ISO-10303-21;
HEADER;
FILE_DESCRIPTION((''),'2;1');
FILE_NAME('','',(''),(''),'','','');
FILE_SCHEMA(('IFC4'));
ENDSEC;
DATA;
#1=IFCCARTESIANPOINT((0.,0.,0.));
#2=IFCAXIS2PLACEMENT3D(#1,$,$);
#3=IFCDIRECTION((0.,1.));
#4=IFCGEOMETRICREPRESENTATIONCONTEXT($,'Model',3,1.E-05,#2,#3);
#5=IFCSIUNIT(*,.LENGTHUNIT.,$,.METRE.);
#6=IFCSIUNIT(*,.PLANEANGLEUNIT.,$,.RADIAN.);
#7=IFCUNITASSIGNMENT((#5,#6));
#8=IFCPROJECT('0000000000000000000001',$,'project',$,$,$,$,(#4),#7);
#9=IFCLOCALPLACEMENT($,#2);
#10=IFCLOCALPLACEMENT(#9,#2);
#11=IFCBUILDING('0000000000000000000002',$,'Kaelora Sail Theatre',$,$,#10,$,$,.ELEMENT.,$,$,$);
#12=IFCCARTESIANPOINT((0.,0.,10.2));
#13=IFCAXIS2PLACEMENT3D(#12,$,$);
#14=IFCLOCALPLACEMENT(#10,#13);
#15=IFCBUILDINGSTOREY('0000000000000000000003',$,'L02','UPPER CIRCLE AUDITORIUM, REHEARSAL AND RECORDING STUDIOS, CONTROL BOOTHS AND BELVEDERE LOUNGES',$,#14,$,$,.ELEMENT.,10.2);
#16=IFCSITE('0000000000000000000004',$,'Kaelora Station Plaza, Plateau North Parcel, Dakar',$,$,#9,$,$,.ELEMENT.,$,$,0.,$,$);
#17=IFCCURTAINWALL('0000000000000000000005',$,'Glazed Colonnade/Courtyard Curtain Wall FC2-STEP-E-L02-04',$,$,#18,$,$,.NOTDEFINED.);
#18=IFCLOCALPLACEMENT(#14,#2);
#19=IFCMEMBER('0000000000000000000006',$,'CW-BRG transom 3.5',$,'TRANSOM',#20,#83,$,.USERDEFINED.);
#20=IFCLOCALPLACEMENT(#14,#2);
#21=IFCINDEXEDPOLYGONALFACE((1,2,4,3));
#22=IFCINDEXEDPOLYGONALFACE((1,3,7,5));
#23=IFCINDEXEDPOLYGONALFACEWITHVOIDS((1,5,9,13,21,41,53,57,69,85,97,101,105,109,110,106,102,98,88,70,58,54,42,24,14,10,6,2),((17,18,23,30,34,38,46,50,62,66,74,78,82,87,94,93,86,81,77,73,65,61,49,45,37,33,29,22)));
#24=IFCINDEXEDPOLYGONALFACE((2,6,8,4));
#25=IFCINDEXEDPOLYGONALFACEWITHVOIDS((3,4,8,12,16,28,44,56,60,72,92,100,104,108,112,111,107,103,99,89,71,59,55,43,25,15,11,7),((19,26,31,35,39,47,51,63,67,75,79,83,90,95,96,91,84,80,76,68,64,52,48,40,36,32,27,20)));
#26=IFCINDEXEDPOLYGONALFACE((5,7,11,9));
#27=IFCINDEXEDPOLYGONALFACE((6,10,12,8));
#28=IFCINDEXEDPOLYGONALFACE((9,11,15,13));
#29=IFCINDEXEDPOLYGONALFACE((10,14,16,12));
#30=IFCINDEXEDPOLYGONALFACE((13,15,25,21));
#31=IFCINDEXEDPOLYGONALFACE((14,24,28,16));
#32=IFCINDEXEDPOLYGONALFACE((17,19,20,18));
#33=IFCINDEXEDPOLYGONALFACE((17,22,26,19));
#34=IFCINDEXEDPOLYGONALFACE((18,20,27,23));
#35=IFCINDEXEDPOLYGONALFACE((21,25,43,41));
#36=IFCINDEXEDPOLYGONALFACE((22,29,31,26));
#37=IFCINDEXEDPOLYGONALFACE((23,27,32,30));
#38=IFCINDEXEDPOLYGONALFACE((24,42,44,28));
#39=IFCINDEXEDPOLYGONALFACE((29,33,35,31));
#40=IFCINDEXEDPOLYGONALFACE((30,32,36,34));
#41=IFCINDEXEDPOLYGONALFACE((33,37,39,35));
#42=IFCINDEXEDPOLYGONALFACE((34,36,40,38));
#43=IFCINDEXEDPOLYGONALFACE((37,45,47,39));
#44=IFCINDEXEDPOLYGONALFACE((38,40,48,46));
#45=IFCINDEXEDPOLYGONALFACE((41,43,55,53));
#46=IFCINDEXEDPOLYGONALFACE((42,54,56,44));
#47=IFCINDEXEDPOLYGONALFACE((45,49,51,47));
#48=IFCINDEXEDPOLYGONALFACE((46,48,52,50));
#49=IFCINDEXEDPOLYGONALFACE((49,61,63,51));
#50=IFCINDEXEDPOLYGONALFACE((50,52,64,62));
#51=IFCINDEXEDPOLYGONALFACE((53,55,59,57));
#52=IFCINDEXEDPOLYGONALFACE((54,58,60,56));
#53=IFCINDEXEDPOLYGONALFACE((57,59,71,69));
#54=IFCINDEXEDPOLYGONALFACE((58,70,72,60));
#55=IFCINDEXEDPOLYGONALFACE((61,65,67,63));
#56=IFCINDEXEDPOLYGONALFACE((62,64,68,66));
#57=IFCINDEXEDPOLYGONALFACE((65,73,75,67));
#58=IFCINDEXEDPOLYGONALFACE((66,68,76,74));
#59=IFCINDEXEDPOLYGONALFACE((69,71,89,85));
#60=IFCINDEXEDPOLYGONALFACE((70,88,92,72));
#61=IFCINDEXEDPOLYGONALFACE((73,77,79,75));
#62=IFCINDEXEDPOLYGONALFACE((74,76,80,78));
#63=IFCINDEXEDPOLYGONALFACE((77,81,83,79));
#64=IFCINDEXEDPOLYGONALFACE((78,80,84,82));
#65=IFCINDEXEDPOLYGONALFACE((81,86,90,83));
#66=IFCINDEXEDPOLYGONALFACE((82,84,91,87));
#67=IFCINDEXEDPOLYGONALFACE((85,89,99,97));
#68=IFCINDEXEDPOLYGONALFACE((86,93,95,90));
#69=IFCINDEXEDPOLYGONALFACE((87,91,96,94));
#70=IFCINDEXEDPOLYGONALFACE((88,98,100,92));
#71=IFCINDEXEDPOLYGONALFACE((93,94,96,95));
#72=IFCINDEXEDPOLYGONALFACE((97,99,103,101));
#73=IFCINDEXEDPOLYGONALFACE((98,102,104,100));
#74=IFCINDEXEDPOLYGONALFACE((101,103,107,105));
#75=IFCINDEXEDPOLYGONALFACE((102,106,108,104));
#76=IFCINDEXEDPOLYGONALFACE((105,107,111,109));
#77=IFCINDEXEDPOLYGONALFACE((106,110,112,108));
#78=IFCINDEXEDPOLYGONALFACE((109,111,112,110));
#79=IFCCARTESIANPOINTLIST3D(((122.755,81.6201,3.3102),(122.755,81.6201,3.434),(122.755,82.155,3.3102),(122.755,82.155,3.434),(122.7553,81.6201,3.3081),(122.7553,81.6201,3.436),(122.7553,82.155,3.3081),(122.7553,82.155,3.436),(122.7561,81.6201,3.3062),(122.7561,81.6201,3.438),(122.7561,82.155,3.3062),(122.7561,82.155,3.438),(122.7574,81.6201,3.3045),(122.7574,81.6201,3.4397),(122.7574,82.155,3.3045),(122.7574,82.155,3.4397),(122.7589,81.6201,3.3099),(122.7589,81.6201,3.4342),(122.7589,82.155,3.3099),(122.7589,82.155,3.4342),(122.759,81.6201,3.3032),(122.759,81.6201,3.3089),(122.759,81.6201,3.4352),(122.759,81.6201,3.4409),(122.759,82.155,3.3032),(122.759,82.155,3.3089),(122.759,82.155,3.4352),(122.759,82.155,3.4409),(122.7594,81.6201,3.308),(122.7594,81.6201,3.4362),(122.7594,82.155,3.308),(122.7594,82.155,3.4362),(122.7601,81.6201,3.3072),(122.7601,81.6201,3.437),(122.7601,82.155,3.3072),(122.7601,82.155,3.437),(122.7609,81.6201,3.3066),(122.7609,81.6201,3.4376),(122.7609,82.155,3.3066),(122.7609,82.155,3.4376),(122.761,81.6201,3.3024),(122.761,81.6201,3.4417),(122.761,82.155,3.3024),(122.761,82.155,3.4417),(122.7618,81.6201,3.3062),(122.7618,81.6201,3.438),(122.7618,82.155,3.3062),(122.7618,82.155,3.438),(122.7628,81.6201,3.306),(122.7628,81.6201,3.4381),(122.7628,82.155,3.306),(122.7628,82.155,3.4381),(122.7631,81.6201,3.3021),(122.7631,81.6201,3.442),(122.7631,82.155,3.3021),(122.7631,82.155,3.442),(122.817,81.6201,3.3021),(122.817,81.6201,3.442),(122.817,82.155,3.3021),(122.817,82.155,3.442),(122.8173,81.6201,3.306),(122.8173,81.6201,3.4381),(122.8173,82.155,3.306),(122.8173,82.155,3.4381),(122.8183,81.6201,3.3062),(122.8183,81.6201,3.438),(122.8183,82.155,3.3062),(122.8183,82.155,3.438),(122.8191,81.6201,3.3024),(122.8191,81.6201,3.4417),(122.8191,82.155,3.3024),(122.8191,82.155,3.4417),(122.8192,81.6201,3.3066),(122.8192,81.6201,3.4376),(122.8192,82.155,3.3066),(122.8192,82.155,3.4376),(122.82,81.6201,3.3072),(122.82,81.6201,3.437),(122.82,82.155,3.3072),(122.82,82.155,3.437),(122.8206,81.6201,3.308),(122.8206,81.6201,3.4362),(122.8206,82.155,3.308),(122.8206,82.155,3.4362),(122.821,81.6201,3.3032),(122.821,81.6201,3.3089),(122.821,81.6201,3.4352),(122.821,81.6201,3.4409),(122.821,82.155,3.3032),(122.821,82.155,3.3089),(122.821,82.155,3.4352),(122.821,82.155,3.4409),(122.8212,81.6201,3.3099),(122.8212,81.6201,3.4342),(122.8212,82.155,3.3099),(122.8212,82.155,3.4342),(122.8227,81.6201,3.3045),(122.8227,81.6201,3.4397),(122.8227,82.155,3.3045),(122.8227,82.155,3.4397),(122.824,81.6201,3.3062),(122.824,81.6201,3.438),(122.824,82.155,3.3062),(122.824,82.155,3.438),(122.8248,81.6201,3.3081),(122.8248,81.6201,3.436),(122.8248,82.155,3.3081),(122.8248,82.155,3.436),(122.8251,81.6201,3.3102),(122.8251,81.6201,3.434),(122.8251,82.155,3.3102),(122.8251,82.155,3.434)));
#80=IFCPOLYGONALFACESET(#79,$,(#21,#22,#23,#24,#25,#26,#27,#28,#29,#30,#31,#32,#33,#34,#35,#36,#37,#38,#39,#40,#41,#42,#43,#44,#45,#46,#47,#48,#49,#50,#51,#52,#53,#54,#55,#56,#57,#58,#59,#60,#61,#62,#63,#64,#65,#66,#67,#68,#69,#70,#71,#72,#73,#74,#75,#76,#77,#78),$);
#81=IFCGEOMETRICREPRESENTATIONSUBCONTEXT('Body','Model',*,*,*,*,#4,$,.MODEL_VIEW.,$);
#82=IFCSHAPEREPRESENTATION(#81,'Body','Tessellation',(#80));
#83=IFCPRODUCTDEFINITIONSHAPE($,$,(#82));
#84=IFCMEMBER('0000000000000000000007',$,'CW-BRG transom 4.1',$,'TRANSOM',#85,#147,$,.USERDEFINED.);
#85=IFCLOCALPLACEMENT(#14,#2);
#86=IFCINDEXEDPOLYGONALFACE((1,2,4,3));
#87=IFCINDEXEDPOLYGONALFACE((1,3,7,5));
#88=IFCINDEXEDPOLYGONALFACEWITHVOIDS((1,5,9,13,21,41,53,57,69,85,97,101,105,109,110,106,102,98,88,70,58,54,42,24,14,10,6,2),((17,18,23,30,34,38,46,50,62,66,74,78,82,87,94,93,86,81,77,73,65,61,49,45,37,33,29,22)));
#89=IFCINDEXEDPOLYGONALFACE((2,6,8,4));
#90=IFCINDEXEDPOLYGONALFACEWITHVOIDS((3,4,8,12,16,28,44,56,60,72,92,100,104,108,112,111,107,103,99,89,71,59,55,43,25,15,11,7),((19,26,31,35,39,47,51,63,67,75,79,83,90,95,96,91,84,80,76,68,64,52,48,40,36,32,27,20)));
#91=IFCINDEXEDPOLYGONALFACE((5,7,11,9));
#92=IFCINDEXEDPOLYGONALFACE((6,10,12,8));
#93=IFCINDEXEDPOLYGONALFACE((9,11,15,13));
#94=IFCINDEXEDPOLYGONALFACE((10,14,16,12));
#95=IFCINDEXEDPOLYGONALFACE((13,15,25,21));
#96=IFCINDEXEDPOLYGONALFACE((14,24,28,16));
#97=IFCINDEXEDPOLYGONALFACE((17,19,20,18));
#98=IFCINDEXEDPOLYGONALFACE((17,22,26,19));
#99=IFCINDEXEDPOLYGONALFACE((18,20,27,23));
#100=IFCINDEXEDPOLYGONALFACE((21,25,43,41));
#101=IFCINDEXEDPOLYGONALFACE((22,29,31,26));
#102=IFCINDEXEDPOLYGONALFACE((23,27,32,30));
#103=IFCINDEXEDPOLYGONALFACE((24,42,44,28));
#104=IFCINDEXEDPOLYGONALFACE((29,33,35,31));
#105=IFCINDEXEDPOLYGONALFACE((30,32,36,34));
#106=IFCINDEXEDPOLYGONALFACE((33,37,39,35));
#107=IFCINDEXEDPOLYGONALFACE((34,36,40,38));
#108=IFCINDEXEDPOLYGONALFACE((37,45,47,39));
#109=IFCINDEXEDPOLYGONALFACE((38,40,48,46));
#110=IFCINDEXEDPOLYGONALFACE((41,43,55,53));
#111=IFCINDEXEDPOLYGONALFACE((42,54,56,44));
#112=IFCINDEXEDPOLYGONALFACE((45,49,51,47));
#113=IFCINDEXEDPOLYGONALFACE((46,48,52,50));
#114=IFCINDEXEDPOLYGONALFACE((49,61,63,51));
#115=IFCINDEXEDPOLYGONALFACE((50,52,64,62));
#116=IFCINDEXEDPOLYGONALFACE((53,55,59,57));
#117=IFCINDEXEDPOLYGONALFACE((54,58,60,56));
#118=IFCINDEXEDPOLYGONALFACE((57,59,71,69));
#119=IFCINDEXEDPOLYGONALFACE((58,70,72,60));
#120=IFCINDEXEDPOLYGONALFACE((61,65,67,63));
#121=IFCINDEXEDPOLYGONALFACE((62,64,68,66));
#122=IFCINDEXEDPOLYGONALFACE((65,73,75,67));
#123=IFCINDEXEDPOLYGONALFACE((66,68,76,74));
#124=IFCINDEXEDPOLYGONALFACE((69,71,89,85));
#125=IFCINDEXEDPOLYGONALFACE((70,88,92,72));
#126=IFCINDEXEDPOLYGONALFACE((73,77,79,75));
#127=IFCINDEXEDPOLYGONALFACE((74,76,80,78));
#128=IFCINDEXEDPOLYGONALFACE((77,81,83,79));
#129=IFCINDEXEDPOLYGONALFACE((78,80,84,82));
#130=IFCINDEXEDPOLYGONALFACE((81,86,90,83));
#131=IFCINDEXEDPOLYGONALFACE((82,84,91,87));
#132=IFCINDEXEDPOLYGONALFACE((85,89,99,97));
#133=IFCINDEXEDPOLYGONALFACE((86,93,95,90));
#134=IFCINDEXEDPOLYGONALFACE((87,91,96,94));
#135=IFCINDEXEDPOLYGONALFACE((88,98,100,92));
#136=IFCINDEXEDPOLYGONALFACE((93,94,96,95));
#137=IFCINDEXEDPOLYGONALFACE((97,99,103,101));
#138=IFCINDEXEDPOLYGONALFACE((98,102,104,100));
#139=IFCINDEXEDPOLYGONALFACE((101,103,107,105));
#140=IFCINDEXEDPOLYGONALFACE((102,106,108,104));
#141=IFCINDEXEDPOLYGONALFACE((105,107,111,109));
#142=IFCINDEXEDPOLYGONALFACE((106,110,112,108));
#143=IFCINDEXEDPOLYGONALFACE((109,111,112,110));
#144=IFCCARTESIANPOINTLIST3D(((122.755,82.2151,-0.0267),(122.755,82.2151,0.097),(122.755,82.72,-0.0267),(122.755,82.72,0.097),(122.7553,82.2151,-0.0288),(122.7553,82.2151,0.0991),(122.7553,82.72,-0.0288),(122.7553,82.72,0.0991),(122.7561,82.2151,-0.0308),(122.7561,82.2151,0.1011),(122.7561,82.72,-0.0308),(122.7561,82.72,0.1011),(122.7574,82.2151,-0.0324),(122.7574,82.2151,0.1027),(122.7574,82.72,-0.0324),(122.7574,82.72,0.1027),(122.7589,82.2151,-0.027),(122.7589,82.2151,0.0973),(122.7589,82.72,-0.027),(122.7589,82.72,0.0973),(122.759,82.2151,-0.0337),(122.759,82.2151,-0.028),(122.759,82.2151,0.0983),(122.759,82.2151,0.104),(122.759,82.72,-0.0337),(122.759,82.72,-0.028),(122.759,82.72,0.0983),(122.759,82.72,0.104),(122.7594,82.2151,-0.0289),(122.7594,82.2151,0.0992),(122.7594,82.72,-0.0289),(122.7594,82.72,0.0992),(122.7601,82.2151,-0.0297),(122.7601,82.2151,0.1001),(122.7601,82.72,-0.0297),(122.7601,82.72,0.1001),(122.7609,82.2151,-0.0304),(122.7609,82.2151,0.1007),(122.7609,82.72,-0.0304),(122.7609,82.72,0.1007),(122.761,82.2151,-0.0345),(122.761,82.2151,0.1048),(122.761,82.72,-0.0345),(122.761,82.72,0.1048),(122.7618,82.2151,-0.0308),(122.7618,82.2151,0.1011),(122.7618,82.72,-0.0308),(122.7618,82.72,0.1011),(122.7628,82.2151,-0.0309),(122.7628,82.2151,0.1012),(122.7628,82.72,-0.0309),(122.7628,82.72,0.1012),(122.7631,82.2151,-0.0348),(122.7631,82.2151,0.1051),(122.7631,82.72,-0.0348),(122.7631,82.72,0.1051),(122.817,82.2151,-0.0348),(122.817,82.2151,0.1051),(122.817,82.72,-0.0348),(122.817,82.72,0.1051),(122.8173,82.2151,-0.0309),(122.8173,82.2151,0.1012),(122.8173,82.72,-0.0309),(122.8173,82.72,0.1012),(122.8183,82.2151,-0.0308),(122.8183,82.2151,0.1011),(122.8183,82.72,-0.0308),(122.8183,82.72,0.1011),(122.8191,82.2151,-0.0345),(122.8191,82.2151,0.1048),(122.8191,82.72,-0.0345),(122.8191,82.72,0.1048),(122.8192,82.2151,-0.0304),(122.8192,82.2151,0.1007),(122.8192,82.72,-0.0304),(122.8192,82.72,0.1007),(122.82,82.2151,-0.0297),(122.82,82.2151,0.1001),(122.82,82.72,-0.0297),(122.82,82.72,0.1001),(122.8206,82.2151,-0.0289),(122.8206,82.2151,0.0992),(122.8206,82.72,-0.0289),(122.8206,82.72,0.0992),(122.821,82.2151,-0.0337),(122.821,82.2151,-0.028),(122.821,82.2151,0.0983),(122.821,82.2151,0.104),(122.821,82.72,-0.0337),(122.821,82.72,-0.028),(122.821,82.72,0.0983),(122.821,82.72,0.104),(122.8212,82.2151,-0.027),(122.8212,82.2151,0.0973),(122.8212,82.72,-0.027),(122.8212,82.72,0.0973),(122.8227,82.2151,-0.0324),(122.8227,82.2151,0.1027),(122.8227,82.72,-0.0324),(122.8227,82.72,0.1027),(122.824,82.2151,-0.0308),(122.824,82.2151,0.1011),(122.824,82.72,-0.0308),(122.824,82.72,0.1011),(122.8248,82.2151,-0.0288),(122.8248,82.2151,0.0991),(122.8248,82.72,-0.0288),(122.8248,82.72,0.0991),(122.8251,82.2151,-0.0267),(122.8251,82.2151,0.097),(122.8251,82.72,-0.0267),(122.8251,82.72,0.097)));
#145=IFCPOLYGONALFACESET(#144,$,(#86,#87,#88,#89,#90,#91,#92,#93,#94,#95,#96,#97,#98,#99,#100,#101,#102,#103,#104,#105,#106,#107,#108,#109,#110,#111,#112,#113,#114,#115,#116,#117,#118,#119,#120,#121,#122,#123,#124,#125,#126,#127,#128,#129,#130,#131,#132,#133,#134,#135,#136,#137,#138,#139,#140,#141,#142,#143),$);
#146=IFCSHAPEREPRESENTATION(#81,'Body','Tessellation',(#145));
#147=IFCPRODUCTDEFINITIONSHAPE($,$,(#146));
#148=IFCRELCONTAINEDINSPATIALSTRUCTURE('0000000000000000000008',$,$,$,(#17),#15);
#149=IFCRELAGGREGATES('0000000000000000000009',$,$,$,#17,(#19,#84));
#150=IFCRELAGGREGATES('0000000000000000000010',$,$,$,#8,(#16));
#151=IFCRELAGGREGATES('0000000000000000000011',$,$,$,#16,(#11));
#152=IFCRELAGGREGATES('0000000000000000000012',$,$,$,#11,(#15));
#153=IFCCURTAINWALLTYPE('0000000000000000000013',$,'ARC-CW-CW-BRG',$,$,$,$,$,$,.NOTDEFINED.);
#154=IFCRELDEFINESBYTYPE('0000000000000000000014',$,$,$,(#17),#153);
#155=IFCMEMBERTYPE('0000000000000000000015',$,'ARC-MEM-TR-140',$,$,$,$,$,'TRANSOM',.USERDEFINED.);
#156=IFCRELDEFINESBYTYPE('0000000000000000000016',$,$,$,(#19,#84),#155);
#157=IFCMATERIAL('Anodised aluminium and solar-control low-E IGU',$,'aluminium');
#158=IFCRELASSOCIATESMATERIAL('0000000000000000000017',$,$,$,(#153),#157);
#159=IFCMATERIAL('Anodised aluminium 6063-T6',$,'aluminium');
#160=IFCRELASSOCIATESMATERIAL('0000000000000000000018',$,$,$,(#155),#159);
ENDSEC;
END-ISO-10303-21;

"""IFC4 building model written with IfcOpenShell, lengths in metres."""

from ifc_helpers import new_model, si_unit, direction, frame, origin, origin_2d, place, context, subcontext, project, spatial, hollow_rectangle, extrude, material, material_profile, profile_set, type_object, element, aggregate, save


model = new_model("IFC4")

# Units and contexts
model_context = context("Model", 3, precision=1e-05, world=origin(), true_north=direction((0.0, 1.0)))
body_context = subcontext(model_context, "Body", "Model", "MODEL_VIEW")
ifc_project = project(units=[si_unit("LENGTHUNIT", "METRE"), si_unit("PLANEANGLEUNIT", "RADIAN")], contexts=[model_context])

# Site, building, storey
site_placement = place(None, origin())
site = spatial("IfcSite", under=ifc_project, at=site_placement, Name="Kaelora Station Plaza, Plateau North Parcel, Dakar", CompositionType="ELEMENT", RefElevation=0.0)
building_placement = place(site_placement, origin())
building = spatial("IfcBuilding", under=site, at=building_placement, Name="Kaelora Sail Theatre", CompositionType="ELEMENT")
storey_placement = place(building_placement, frame((0.0, 0.0, 10.2)))
storey = spatial("IfcBuildingStorey", under=building, at=storey_placement, Name="L02", Description="UPPER CIRCLE AUDITORIUM, REHEARSAL AND RECORDING STUDIOS, CONTROL BOOTHS AND BELVEDERE LOUNGES", CompositionType="ELEMENT", Elevation=10.2)

# Curtain wall, members
ifc_material_1 = material(Name="Anodised aluminium and solar-control low-E IGU", Category="aluminium")
curtain_wall_type = type_object("IfcCurtainWallType", Name="ARC-CW-CW-BRG", PredefinedType="NOTDEFINED", material=ifc_material_1)
curtain_wall_placement = place(storey_placement, origin())
curtain_wall = element("IfcCurtainWall", 1, at=curtain_wall_placement, inside=storey, type_object=curtain_wall_type, Name="Glazed Colonnade/Courtyard Curtain Wall FC2-STEP-E-L02-04", PredefinedType="NOTDEFINED")
ifc_material_2 = material(Name="Anodised aluminium 6063-T6", Category="aluminium")
ifc_material_profile_1 = material_profile(ifc_material_2, hollow_rectangle(XDim=0.0701, YDim=0.1399, WallThickness=0.0039, InnerFilletRadius=0.0039, OuterFilletRadius=0.0081, at=origin_2d()), Name="ALU-TRAN 70x140x4")
ifc_profile_set_1 = profile_set([ifc_material_profile_1], Name="Anodised aluminium 6063-T6")
member_type_1 = type_object("IfcMemberType", Name="ARC-MEM-TR-140", ElementType="TRANSOM", PredefinedType="USERDEFINED", material=ifc_profile_set_1)
member_1_placement = place(storey_placement, frame((122.79, 81.6201, 3.3721), z_axis=(0.0, 1.0, 0.0), x_axis=(-1.0, 0.0, 0.0)))
member_1 = element("IfcMember", 2, at=member_1_placement, type_object=member_type_1, Name="CW-BRG transom 3.5", ObjectType="TRANSOM", PredefinedType="USERDEFINED", context=body_context, shape_type="SweptSolid", body=[
    extrude(hollow_rectangle(XDim=0.0701, YDim=0.1399, WallThickness=0.0039, InnerFilletRadius=0.0039, OuterFilletRadius=0.0081, at=origin_2d()), origin(), (0.0, 0.0, 1.0), 0.5349),
])
member_2_placement = place(storey_placement, frame((122.79, 82.2151, 0.0352), z_axis=(0.0, 1.0, 0.0), x_axis=(-1.0, 0.0, 0.0)))
member_2 = element("IfcMember", 3, at=member_2_placement, type_object=member_type_1, Name="CW-BRG transom 4.1", ObjectType="TRANSOM", PredefinedType="USERDEFINED", context=body_context, shape_type="SweptSolid", body=[
    extrude(hollow_rectangle(XDim=0.0701, YDim=0.1399, WallThickness=0.0039, InnerFilletRadius=0.0039, OuterFilletRadius=0.0081, at=origin_2d()), origin(), (0.0, 0.0, 1.0), 0.5049),
])

aggregate(curtain_wall, [member_1, member_2])

save(model, "model.ifc")
